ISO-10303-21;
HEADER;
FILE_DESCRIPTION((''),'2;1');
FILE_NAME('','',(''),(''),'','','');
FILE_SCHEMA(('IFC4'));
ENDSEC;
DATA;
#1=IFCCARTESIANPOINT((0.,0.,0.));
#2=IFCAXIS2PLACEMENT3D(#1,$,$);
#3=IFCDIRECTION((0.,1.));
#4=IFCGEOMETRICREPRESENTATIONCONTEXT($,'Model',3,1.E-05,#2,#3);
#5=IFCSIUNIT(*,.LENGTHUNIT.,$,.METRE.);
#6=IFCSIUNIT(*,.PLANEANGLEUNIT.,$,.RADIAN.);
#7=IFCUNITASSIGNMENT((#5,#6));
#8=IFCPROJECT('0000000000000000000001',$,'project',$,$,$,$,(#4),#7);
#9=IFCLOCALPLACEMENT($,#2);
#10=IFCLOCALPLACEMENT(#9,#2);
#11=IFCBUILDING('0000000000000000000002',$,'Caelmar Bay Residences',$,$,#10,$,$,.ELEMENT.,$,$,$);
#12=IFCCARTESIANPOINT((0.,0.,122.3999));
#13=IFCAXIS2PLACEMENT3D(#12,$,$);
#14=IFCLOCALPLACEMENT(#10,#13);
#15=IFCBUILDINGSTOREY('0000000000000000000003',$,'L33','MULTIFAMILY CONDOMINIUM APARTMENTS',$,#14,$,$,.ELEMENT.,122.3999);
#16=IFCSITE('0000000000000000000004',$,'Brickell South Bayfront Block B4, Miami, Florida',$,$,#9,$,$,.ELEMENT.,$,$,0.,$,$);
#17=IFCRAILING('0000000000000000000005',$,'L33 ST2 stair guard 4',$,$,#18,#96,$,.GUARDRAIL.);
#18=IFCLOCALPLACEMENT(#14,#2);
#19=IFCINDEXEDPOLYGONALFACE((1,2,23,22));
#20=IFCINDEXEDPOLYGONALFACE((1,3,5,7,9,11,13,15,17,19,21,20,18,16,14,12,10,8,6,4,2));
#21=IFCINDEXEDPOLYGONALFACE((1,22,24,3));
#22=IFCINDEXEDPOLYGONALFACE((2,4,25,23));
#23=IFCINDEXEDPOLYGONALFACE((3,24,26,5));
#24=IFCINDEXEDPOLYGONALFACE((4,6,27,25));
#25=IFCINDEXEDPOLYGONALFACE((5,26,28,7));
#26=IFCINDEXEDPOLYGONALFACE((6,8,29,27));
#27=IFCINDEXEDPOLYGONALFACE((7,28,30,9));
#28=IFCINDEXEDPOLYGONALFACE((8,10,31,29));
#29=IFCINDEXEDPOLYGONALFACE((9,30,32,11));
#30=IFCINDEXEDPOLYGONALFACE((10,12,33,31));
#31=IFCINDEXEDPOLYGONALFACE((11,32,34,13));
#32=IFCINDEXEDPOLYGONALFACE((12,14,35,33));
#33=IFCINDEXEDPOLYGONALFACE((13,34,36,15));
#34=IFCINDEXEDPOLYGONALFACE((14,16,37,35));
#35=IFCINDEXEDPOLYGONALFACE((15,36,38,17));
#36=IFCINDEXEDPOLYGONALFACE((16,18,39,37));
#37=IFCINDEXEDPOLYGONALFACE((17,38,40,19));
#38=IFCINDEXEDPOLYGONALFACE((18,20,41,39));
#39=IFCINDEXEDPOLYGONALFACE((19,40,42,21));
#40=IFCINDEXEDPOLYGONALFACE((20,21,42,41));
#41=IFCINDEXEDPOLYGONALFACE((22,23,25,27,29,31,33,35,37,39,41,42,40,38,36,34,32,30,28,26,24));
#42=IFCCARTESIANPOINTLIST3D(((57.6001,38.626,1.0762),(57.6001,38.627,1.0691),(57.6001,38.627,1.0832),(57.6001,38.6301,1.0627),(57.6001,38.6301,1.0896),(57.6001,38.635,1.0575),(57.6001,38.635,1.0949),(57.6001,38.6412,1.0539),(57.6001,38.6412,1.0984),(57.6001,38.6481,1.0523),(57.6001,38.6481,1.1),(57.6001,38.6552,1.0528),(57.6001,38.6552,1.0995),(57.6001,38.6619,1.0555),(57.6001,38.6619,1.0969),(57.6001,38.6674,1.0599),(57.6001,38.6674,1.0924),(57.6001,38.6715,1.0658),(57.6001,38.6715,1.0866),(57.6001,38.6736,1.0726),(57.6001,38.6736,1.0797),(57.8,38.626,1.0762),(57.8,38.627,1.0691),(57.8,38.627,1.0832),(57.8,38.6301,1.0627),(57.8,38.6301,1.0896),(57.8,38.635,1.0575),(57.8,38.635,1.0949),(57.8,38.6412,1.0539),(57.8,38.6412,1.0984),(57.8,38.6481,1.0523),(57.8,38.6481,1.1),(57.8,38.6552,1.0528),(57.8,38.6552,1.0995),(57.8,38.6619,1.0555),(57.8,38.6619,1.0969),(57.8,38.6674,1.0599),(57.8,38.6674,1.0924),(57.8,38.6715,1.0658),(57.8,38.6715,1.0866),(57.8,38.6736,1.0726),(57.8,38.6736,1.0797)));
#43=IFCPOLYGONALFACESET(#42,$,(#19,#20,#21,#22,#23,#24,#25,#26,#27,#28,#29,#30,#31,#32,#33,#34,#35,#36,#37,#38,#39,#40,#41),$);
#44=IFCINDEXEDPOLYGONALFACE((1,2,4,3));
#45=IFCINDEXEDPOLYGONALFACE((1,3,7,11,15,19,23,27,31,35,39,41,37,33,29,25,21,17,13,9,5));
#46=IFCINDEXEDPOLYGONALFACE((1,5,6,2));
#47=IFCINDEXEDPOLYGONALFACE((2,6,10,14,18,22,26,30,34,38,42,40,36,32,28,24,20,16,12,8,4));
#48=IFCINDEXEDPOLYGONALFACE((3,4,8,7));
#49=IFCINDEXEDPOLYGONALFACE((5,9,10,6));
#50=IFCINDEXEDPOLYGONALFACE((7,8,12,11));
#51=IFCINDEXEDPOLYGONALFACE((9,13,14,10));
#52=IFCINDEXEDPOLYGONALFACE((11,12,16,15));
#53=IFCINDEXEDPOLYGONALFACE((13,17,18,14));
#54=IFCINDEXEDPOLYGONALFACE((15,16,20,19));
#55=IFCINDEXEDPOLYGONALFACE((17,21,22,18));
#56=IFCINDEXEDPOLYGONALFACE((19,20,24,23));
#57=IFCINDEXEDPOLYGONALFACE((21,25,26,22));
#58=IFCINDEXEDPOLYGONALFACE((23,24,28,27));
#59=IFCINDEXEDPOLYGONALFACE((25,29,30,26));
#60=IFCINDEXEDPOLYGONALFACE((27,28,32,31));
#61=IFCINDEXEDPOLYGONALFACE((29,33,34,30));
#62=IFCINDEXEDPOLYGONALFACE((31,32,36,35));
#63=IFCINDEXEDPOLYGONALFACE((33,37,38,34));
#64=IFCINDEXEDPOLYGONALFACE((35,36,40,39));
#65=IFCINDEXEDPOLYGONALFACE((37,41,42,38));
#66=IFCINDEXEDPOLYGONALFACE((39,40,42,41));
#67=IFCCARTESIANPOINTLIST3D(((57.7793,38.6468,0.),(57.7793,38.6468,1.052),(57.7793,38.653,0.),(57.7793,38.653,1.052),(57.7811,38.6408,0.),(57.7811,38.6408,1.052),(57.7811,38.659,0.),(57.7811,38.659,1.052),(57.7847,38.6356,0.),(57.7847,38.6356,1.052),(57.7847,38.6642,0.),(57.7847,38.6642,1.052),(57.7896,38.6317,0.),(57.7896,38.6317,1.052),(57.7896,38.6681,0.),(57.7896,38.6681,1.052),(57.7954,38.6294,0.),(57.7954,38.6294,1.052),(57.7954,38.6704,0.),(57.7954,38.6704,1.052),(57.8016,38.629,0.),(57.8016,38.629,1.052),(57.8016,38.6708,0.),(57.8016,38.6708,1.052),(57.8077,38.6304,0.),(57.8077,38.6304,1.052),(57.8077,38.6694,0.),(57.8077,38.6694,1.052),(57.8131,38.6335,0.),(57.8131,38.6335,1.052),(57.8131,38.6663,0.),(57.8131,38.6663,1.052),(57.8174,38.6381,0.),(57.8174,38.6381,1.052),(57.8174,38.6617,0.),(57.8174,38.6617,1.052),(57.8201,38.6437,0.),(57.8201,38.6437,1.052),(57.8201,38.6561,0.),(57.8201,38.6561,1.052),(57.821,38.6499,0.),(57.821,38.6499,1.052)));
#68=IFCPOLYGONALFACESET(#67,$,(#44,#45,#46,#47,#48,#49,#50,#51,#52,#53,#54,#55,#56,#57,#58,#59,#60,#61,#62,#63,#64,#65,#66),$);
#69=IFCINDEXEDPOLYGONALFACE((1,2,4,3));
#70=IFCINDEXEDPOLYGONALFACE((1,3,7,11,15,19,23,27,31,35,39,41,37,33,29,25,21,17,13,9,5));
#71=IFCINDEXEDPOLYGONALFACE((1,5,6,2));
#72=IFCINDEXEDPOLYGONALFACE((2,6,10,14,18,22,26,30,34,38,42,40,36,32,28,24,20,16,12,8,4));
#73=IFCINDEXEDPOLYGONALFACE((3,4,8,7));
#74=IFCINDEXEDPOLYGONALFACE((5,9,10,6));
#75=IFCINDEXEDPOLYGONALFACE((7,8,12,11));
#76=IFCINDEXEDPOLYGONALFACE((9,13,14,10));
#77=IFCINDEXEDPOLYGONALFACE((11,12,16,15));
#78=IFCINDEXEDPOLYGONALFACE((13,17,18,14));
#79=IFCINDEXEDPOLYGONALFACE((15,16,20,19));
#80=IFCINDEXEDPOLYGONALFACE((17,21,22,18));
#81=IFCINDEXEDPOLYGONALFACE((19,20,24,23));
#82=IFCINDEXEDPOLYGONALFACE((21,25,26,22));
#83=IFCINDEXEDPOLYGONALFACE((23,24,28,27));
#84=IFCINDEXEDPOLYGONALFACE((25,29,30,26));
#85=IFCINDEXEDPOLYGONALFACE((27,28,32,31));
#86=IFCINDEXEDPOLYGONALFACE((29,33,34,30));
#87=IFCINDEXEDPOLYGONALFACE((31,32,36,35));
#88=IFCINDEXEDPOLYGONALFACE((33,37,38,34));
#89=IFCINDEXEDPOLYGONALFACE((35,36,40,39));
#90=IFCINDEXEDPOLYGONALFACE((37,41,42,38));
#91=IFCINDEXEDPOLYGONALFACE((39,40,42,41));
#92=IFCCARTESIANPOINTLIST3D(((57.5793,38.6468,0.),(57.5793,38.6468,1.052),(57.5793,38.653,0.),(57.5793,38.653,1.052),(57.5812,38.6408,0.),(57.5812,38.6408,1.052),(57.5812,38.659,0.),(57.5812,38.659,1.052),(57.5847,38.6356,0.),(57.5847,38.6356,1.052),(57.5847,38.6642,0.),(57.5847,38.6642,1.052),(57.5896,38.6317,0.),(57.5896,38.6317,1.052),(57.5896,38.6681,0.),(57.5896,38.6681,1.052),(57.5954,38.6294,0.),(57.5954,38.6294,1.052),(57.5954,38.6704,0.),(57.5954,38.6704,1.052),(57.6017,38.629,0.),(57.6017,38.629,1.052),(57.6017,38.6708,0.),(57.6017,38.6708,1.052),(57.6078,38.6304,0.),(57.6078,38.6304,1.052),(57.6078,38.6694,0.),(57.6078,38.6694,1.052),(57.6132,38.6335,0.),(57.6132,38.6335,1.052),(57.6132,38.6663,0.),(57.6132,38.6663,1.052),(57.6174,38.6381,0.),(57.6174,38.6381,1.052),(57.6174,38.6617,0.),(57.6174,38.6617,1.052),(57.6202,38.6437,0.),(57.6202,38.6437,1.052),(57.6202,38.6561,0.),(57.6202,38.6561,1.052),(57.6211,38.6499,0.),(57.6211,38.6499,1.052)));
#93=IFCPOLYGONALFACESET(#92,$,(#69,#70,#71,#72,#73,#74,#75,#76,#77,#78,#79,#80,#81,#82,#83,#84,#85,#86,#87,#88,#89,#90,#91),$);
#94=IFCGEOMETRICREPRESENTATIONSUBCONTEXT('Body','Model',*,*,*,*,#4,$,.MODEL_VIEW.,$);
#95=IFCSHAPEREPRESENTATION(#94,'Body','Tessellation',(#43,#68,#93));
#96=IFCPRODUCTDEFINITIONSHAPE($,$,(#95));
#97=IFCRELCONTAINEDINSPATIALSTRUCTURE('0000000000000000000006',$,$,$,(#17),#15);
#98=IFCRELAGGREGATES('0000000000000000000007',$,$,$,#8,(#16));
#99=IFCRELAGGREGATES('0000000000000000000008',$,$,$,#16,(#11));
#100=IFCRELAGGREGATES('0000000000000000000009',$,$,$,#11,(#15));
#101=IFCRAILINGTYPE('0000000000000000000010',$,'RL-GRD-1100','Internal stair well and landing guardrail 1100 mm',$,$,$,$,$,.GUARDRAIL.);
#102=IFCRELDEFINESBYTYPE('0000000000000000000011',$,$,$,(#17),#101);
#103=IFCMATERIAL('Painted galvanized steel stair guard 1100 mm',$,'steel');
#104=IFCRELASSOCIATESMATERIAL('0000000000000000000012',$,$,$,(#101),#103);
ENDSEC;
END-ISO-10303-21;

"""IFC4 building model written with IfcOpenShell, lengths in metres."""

from ifc_helpers import new_model, si_unit, direction, frame, origin, origin_2d, place, context, subcontext, project, spatial, circle, extrude, material, type_object, element, save


model = new_model("IFC4")

# Units and contexts
model_context = context("Model", 3, precision=1e-05, world=origin(), true_north=direction((0.0, 1.0)))
body_context = subcontext(model_context, "Body", "Model", "MODEL_VIEW")
ifc_project = project(units=[si_unit("LENGTHUNIT", "METRE"), si_unit("PLANEANGLEUNIT", "RADIAN")], contexts=[model_context])

# Site, building, storey
site_placement = place(None, origin())
site = spatial("IfcSite", under=ifc_project, at=site_placement, Name="Brickell South Bayfront Block B4, Miami, Florida", CompositionType="ELEMENT", RefElevation=0.0)
building_placement = place(site_placement, origin())
building = spatial("IfcBuilding", under=site, at=building_placement, Name="Caelmar Bay Residences", CompositionType="ELEMENT")
storey_placement = place(building_placement, frame((0.0, 0.0, 122.3999)))
storey = spatial("IfcBuildingStorey", under=building, at=storey_placement, Name="L33", Description="MULTIFAMILY CONDOMINIUM APARTMENTS", CompositionType="ELEMENT", Elevation=122.3999)

# Railing
ifc_material_1 = material(Name="Painted galvanized steel stair guard 1100 mm", Category="steel")
railing_type_1 = type_object("IfcRailingType", Name="RL-GRD-1100", Description="Internal stair well and landing guardrail 1100 mm", PredefinedType="GUARDRAIL", material=ifc_material_1)
railing_1_placement = place(storey_placement, frame((57.8, 38.6499, 0.0)))
element("IfcRailing", 1, at=railing_1_placement, inside=storey, type_object=railing_type_1, Name="L33 ST2 stair guard 4", PredefinedType="GUARDRAIL", context=body_context, shape_type="SweptSolid", body=[
    extrude(circle(Radius=0.0239, at=origin_2d()), frame((0.0, 0.0, 1.0762), z_axis=(-1.0, 0.0, 0.0), x_axis=(0.0, -1.0, 0.0)), (0.0, 0.0, 1.0), 0.2),
    extrude(circle(Radius=0.021, at=origin_2d()), origin(), (0.0, 0.0, 1.0), 1.052),
    extrude(circle(Radius=0.021, at=origin_2d()), frame((-0.2, 0.0, 0.0)), (0.0, 0.0, 1.0), 1.052),
])

save(model, "model.ifc")
